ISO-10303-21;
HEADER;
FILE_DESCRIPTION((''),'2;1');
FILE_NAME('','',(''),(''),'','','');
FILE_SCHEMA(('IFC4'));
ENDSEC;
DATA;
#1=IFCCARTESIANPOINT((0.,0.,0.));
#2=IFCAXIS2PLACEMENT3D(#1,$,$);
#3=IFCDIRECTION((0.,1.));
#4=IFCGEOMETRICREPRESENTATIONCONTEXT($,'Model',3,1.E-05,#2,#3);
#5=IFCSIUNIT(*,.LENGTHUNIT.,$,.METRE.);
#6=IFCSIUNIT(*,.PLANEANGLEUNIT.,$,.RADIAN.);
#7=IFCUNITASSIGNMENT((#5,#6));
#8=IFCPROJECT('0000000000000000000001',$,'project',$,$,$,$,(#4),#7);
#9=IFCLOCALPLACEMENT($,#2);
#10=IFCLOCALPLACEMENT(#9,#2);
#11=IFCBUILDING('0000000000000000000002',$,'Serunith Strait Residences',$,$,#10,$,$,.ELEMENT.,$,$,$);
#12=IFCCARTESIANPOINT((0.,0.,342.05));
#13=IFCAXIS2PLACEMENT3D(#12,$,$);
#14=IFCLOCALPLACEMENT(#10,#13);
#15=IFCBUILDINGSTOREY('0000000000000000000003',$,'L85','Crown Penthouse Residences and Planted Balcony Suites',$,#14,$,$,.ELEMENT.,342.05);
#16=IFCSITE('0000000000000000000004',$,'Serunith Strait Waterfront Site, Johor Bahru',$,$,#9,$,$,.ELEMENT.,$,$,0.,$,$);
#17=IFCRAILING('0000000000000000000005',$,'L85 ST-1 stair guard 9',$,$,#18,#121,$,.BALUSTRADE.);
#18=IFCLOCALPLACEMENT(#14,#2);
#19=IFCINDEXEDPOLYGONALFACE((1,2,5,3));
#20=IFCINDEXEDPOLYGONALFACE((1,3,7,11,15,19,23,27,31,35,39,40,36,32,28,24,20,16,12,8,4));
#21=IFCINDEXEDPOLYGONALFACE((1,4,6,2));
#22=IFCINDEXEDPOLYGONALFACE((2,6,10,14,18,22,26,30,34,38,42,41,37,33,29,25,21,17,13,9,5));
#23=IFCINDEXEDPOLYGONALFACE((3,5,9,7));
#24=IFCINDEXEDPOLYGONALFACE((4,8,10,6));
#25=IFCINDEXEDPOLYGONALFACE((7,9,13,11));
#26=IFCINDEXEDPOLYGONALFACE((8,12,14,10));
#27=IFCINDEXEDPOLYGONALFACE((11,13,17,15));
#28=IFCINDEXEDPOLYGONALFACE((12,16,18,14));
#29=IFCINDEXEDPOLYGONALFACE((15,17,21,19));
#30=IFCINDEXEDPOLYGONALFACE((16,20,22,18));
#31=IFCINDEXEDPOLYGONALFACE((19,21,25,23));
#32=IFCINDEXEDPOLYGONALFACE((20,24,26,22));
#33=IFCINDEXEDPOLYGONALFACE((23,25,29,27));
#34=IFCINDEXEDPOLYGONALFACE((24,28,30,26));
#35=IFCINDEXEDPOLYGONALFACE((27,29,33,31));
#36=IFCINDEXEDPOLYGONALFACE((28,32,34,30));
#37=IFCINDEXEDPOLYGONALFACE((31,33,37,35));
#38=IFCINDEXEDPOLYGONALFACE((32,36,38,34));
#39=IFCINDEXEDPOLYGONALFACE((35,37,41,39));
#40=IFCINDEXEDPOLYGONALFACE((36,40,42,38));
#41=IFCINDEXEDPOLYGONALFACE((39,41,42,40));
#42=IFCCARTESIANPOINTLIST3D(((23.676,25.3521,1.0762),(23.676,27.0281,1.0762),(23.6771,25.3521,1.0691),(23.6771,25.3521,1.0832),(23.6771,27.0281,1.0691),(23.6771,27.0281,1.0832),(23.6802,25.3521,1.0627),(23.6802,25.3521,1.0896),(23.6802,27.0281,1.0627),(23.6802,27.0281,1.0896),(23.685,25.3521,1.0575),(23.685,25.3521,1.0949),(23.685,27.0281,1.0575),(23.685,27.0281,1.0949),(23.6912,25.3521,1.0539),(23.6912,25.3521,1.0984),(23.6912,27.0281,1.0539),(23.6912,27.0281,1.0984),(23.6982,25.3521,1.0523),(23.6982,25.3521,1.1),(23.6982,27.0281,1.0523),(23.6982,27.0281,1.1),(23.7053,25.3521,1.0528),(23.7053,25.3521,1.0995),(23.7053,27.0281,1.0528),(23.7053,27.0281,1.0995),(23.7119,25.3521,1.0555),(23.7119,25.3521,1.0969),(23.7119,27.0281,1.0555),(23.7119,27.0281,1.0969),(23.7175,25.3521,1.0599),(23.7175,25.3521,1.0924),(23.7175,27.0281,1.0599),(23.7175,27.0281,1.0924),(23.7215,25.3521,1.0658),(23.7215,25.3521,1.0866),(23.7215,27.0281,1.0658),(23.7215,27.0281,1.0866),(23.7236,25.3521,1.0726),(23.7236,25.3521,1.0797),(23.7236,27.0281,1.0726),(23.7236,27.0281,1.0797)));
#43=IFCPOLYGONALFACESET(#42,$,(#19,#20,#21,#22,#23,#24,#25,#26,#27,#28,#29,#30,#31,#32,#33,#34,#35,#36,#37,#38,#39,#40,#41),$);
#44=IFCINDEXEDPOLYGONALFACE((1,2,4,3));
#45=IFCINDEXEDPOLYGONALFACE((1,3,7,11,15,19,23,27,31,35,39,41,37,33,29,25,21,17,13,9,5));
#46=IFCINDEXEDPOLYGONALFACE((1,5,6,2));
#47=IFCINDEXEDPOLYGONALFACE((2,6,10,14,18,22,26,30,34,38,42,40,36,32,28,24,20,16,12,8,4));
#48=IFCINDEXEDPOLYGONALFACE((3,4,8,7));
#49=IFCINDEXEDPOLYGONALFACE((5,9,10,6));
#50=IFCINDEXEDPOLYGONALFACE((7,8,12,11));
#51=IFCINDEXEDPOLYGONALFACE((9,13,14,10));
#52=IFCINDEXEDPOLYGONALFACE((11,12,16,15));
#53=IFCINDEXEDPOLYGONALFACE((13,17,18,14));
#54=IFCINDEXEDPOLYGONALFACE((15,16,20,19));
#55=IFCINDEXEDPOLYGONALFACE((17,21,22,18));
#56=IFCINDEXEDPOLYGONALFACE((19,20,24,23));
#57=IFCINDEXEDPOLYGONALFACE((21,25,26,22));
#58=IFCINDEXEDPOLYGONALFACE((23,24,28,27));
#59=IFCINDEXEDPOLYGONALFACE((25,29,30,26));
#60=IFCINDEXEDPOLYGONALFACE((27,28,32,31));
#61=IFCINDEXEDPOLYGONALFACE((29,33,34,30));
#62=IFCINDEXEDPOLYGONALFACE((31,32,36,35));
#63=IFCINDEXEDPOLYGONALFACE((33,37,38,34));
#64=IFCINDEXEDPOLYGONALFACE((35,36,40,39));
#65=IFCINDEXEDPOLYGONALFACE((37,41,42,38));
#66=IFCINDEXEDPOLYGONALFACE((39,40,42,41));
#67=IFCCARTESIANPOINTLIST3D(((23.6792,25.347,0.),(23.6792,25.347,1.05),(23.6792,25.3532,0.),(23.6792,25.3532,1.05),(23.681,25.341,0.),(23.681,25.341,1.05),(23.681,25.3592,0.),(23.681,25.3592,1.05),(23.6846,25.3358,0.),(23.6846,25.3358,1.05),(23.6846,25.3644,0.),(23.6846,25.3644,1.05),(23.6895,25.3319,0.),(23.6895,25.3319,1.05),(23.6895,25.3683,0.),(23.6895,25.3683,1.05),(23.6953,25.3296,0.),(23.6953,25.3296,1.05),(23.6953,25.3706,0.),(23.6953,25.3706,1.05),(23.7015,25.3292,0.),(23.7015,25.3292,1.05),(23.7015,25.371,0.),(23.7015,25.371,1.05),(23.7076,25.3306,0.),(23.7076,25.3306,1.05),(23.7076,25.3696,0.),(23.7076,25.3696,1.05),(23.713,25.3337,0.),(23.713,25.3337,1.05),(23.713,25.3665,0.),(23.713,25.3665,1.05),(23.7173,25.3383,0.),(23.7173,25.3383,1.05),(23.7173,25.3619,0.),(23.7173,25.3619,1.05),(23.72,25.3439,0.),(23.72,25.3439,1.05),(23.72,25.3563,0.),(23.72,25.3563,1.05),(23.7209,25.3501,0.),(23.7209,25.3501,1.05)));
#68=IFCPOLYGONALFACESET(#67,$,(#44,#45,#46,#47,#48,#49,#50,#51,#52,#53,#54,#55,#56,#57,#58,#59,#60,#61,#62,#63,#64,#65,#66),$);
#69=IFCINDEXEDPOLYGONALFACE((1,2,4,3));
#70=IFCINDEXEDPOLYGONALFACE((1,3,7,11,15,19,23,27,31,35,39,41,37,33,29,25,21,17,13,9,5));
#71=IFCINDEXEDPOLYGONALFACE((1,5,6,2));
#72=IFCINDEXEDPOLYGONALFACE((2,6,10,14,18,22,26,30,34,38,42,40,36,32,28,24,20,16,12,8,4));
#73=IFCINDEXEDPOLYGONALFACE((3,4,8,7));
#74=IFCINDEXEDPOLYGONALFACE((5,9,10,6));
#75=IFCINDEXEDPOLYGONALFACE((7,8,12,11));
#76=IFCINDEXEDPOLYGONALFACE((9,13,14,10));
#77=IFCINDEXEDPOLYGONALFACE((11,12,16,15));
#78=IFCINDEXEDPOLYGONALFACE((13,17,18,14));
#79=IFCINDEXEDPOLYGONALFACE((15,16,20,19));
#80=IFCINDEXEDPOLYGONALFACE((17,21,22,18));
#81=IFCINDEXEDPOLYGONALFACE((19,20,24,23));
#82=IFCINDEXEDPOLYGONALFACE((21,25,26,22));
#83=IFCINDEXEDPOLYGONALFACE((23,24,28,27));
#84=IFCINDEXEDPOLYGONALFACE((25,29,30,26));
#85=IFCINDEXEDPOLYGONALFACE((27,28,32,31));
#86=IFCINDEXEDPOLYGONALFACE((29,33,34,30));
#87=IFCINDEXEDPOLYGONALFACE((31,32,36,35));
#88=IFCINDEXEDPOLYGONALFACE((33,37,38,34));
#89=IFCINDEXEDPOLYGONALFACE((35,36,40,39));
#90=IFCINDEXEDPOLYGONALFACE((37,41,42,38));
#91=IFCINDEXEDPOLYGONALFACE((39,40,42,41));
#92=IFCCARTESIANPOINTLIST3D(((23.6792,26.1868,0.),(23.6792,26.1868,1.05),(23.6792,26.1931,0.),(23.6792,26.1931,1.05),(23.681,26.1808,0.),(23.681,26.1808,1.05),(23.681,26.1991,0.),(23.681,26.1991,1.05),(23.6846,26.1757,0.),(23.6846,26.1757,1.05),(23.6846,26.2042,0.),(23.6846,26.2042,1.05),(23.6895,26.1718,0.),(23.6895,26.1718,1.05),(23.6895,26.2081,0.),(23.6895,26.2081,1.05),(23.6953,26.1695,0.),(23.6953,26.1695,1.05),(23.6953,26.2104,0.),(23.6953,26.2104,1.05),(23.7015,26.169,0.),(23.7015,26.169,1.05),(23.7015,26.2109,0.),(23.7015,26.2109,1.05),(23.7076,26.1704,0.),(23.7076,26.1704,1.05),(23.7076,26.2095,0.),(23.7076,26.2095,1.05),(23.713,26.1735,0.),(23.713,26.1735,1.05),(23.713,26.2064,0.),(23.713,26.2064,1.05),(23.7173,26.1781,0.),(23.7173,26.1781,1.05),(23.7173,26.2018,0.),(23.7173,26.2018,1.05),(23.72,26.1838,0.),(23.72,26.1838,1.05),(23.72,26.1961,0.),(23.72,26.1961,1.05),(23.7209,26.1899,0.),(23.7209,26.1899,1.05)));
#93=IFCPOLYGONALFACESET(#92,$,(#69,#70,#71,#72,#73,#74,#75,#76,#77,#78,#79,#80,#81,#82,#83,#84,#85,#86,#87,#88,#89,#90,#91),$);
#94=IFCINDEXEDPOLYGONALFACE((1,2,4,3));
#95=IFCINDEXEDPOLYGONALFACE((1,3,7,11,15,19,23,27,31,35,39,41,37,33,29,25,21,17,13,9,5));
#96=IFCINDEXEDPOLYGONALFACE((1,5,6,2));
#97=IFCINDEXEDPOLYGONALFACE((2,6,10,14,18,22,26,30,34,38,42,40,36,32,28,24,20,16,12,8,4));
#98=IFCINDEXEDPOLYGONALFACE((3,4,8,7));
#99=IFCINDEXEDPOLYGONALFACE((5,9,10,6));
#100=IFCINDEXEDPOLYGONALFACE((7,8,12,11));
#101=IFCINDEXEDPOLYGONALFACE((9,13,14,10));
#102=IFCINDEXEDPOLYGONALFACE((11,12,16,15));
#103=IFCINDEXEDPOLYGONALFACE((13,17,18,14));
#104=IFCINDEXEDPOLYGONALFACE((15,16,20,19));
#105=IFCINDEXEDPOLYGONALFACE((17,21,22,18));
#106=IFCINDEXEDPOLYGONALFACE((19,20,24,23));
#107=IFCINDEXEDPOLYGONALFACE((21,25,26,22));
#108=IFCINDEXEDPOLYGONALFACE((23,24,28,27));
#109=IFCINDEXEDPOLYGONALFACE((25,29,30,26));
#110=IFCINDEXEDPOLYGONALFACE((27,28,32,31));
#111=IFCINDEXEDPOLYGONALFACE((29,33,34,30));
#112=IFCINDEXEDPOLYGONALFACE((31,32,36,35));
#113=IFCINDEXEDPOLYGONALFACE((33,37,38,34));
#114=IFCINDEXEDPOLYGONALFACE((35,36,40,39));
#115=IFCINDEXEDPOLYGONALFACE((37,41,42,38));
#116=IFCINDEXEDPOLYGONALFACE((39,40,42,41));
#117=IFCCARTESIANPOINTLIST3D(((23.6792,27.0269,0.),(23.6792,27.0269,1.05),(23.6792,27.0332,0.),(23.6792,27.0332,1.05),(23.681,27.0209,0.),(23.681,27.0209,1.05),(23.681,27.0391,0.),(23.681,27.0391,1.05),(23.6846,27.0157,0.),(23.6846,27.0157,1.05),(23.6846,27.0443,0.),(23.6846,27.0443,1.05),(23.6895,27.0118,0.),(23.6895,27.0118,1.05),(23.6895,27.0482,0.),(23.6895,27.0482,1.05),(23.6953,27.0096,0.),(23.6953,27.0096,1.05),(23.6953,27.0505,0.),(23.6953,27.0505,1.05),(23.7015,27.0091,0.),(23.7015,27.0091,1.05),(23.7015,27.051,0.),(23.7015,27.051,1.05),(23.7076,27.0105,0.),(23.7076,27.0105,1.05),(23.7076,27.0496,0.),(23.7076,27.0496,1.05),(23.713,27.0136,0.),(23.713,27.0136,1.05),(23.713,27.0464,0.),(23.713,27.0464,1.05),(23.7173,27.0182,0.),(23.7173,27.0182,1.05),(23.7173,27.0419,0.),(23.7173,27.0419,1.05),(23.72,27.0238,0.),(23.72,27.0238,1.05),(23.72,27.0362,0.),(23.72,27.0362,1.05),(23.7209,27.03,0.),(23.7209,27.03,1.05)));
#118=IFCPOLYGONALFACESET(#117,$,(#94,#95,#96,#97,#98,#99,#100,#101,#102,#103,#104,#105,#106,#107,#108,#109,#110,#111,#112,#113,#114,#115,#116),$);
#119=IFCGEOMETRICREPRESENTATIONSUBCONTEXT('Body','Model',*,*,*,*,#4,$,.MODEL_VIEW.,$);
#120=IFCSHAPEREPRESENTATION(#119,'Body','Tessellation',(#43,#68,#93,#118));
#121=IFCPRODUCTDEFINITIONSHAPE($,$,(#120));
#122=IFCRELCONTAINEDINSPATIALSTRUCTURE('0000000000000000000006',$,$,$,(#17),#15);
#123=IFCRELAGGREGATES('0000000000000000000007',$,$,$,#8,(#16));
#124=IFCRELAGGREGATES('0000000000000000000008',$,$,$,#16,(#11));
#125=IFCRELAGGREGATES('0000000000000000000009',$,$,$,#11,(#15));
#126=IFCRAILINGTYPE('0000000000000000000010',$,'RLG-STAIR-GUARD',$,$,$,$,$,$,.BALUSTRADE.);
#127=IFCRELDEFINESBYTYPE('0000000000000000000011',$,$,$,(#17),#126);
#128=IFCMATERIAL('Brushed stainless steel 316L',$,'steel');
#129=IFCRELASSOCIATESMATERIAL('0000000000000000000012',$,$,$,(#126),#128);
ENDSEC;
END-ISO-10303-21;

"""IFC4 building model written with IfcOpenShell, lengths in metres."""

from ifc_helpers import new_model, si_unit, direction, frame, origin, origin_2d, place, context, subcontext, project, spatial, circle, extrude, material, type_object, element, save


model = new_model("IFC4")

# Units and contexts
model_context = context("Model", 3, precision=1e-05, world=origin(), true_north=direction((0.0, 1.0)))
body_context = subcontext(model_context, "Body", "Model", "MODEL_VIEW")
ifc_project = project(units=[si_unit("LENGTHUNIT", "METRE"), si_unit("PLANEANGLEUNIT", "RADIAN")], contexts=[model_context])

# Site, building, storey
site_placement = place(None, origin())
site = spatial("IfcSite", under=ifc_project, at=site_placement, Name="Serunith Strait Waterfront Site, Johor Bahru", CompositionType="ELEMENT", RefElevation=0.0)
building_placement = place(site_placement, origin())
building = spatial("IfcBuilding", under=site, at=building_placement, Name="Serunith Strait Residences", CompositionType="ELEMENT")
storey_placement = place(building_placement, frame((0.0, 0.0, 342.05)))
storey = spatial("IfcBuildingStorey", under=building, at=storey_placement, Name="L85", Description="Crown Penthouse Residences and Planted Balcony Suites", CompositionType="ELEMENT", Elevation=342.05)

# Railing
ifc_material_1 = material(Name="Brushed stainless steel 316L", Category="steel")
railing_type_1 = type_object("IfcRailingType", Name="RLG-STAIR-GUARD", PredefinedType="BALUSTRADE", material=ifc_material_1)
for number, where, name in (
    (1, (23.7, 25.3501, 0.0), "L85 ST-1 stair guard 9"),
):
    element("IfcRailing", number, at=place(storey_placement, frame(where)), inside=storey, type_object=railing_type_1, Name=name, PredefinedType="BALUSTRADE", context=body_context, shape_type="SweptSolid", body=[
        extrude(circle(Radius=0.0239, at=origin_2d()), frame((0.0, 0.002, 1.0762), z_axis=(0.0, 1.0, 0.0), x_axis=(-1.0, 0.0, 0.0)), (0.0, 0.0, 1.0), 1.676),
        extrude(circle(Radius=0.021, at=origin_2d()), origin(), (0.0, 0.0, 1.0), 1.05),
        extrude(circle(Radius=0.021, at=origin_2d()), frame((0.0, 0.8398, 0.0)), (0.0, 0.0, 1.0), 1.05),
        extrude(circle(Radius=0.021, at=origin_2d()), frame((0.0, 1.6799, 0.0)), (0.0, 0.0, 1.0), 1.05),
    ])

save(model, "model.ifc")
